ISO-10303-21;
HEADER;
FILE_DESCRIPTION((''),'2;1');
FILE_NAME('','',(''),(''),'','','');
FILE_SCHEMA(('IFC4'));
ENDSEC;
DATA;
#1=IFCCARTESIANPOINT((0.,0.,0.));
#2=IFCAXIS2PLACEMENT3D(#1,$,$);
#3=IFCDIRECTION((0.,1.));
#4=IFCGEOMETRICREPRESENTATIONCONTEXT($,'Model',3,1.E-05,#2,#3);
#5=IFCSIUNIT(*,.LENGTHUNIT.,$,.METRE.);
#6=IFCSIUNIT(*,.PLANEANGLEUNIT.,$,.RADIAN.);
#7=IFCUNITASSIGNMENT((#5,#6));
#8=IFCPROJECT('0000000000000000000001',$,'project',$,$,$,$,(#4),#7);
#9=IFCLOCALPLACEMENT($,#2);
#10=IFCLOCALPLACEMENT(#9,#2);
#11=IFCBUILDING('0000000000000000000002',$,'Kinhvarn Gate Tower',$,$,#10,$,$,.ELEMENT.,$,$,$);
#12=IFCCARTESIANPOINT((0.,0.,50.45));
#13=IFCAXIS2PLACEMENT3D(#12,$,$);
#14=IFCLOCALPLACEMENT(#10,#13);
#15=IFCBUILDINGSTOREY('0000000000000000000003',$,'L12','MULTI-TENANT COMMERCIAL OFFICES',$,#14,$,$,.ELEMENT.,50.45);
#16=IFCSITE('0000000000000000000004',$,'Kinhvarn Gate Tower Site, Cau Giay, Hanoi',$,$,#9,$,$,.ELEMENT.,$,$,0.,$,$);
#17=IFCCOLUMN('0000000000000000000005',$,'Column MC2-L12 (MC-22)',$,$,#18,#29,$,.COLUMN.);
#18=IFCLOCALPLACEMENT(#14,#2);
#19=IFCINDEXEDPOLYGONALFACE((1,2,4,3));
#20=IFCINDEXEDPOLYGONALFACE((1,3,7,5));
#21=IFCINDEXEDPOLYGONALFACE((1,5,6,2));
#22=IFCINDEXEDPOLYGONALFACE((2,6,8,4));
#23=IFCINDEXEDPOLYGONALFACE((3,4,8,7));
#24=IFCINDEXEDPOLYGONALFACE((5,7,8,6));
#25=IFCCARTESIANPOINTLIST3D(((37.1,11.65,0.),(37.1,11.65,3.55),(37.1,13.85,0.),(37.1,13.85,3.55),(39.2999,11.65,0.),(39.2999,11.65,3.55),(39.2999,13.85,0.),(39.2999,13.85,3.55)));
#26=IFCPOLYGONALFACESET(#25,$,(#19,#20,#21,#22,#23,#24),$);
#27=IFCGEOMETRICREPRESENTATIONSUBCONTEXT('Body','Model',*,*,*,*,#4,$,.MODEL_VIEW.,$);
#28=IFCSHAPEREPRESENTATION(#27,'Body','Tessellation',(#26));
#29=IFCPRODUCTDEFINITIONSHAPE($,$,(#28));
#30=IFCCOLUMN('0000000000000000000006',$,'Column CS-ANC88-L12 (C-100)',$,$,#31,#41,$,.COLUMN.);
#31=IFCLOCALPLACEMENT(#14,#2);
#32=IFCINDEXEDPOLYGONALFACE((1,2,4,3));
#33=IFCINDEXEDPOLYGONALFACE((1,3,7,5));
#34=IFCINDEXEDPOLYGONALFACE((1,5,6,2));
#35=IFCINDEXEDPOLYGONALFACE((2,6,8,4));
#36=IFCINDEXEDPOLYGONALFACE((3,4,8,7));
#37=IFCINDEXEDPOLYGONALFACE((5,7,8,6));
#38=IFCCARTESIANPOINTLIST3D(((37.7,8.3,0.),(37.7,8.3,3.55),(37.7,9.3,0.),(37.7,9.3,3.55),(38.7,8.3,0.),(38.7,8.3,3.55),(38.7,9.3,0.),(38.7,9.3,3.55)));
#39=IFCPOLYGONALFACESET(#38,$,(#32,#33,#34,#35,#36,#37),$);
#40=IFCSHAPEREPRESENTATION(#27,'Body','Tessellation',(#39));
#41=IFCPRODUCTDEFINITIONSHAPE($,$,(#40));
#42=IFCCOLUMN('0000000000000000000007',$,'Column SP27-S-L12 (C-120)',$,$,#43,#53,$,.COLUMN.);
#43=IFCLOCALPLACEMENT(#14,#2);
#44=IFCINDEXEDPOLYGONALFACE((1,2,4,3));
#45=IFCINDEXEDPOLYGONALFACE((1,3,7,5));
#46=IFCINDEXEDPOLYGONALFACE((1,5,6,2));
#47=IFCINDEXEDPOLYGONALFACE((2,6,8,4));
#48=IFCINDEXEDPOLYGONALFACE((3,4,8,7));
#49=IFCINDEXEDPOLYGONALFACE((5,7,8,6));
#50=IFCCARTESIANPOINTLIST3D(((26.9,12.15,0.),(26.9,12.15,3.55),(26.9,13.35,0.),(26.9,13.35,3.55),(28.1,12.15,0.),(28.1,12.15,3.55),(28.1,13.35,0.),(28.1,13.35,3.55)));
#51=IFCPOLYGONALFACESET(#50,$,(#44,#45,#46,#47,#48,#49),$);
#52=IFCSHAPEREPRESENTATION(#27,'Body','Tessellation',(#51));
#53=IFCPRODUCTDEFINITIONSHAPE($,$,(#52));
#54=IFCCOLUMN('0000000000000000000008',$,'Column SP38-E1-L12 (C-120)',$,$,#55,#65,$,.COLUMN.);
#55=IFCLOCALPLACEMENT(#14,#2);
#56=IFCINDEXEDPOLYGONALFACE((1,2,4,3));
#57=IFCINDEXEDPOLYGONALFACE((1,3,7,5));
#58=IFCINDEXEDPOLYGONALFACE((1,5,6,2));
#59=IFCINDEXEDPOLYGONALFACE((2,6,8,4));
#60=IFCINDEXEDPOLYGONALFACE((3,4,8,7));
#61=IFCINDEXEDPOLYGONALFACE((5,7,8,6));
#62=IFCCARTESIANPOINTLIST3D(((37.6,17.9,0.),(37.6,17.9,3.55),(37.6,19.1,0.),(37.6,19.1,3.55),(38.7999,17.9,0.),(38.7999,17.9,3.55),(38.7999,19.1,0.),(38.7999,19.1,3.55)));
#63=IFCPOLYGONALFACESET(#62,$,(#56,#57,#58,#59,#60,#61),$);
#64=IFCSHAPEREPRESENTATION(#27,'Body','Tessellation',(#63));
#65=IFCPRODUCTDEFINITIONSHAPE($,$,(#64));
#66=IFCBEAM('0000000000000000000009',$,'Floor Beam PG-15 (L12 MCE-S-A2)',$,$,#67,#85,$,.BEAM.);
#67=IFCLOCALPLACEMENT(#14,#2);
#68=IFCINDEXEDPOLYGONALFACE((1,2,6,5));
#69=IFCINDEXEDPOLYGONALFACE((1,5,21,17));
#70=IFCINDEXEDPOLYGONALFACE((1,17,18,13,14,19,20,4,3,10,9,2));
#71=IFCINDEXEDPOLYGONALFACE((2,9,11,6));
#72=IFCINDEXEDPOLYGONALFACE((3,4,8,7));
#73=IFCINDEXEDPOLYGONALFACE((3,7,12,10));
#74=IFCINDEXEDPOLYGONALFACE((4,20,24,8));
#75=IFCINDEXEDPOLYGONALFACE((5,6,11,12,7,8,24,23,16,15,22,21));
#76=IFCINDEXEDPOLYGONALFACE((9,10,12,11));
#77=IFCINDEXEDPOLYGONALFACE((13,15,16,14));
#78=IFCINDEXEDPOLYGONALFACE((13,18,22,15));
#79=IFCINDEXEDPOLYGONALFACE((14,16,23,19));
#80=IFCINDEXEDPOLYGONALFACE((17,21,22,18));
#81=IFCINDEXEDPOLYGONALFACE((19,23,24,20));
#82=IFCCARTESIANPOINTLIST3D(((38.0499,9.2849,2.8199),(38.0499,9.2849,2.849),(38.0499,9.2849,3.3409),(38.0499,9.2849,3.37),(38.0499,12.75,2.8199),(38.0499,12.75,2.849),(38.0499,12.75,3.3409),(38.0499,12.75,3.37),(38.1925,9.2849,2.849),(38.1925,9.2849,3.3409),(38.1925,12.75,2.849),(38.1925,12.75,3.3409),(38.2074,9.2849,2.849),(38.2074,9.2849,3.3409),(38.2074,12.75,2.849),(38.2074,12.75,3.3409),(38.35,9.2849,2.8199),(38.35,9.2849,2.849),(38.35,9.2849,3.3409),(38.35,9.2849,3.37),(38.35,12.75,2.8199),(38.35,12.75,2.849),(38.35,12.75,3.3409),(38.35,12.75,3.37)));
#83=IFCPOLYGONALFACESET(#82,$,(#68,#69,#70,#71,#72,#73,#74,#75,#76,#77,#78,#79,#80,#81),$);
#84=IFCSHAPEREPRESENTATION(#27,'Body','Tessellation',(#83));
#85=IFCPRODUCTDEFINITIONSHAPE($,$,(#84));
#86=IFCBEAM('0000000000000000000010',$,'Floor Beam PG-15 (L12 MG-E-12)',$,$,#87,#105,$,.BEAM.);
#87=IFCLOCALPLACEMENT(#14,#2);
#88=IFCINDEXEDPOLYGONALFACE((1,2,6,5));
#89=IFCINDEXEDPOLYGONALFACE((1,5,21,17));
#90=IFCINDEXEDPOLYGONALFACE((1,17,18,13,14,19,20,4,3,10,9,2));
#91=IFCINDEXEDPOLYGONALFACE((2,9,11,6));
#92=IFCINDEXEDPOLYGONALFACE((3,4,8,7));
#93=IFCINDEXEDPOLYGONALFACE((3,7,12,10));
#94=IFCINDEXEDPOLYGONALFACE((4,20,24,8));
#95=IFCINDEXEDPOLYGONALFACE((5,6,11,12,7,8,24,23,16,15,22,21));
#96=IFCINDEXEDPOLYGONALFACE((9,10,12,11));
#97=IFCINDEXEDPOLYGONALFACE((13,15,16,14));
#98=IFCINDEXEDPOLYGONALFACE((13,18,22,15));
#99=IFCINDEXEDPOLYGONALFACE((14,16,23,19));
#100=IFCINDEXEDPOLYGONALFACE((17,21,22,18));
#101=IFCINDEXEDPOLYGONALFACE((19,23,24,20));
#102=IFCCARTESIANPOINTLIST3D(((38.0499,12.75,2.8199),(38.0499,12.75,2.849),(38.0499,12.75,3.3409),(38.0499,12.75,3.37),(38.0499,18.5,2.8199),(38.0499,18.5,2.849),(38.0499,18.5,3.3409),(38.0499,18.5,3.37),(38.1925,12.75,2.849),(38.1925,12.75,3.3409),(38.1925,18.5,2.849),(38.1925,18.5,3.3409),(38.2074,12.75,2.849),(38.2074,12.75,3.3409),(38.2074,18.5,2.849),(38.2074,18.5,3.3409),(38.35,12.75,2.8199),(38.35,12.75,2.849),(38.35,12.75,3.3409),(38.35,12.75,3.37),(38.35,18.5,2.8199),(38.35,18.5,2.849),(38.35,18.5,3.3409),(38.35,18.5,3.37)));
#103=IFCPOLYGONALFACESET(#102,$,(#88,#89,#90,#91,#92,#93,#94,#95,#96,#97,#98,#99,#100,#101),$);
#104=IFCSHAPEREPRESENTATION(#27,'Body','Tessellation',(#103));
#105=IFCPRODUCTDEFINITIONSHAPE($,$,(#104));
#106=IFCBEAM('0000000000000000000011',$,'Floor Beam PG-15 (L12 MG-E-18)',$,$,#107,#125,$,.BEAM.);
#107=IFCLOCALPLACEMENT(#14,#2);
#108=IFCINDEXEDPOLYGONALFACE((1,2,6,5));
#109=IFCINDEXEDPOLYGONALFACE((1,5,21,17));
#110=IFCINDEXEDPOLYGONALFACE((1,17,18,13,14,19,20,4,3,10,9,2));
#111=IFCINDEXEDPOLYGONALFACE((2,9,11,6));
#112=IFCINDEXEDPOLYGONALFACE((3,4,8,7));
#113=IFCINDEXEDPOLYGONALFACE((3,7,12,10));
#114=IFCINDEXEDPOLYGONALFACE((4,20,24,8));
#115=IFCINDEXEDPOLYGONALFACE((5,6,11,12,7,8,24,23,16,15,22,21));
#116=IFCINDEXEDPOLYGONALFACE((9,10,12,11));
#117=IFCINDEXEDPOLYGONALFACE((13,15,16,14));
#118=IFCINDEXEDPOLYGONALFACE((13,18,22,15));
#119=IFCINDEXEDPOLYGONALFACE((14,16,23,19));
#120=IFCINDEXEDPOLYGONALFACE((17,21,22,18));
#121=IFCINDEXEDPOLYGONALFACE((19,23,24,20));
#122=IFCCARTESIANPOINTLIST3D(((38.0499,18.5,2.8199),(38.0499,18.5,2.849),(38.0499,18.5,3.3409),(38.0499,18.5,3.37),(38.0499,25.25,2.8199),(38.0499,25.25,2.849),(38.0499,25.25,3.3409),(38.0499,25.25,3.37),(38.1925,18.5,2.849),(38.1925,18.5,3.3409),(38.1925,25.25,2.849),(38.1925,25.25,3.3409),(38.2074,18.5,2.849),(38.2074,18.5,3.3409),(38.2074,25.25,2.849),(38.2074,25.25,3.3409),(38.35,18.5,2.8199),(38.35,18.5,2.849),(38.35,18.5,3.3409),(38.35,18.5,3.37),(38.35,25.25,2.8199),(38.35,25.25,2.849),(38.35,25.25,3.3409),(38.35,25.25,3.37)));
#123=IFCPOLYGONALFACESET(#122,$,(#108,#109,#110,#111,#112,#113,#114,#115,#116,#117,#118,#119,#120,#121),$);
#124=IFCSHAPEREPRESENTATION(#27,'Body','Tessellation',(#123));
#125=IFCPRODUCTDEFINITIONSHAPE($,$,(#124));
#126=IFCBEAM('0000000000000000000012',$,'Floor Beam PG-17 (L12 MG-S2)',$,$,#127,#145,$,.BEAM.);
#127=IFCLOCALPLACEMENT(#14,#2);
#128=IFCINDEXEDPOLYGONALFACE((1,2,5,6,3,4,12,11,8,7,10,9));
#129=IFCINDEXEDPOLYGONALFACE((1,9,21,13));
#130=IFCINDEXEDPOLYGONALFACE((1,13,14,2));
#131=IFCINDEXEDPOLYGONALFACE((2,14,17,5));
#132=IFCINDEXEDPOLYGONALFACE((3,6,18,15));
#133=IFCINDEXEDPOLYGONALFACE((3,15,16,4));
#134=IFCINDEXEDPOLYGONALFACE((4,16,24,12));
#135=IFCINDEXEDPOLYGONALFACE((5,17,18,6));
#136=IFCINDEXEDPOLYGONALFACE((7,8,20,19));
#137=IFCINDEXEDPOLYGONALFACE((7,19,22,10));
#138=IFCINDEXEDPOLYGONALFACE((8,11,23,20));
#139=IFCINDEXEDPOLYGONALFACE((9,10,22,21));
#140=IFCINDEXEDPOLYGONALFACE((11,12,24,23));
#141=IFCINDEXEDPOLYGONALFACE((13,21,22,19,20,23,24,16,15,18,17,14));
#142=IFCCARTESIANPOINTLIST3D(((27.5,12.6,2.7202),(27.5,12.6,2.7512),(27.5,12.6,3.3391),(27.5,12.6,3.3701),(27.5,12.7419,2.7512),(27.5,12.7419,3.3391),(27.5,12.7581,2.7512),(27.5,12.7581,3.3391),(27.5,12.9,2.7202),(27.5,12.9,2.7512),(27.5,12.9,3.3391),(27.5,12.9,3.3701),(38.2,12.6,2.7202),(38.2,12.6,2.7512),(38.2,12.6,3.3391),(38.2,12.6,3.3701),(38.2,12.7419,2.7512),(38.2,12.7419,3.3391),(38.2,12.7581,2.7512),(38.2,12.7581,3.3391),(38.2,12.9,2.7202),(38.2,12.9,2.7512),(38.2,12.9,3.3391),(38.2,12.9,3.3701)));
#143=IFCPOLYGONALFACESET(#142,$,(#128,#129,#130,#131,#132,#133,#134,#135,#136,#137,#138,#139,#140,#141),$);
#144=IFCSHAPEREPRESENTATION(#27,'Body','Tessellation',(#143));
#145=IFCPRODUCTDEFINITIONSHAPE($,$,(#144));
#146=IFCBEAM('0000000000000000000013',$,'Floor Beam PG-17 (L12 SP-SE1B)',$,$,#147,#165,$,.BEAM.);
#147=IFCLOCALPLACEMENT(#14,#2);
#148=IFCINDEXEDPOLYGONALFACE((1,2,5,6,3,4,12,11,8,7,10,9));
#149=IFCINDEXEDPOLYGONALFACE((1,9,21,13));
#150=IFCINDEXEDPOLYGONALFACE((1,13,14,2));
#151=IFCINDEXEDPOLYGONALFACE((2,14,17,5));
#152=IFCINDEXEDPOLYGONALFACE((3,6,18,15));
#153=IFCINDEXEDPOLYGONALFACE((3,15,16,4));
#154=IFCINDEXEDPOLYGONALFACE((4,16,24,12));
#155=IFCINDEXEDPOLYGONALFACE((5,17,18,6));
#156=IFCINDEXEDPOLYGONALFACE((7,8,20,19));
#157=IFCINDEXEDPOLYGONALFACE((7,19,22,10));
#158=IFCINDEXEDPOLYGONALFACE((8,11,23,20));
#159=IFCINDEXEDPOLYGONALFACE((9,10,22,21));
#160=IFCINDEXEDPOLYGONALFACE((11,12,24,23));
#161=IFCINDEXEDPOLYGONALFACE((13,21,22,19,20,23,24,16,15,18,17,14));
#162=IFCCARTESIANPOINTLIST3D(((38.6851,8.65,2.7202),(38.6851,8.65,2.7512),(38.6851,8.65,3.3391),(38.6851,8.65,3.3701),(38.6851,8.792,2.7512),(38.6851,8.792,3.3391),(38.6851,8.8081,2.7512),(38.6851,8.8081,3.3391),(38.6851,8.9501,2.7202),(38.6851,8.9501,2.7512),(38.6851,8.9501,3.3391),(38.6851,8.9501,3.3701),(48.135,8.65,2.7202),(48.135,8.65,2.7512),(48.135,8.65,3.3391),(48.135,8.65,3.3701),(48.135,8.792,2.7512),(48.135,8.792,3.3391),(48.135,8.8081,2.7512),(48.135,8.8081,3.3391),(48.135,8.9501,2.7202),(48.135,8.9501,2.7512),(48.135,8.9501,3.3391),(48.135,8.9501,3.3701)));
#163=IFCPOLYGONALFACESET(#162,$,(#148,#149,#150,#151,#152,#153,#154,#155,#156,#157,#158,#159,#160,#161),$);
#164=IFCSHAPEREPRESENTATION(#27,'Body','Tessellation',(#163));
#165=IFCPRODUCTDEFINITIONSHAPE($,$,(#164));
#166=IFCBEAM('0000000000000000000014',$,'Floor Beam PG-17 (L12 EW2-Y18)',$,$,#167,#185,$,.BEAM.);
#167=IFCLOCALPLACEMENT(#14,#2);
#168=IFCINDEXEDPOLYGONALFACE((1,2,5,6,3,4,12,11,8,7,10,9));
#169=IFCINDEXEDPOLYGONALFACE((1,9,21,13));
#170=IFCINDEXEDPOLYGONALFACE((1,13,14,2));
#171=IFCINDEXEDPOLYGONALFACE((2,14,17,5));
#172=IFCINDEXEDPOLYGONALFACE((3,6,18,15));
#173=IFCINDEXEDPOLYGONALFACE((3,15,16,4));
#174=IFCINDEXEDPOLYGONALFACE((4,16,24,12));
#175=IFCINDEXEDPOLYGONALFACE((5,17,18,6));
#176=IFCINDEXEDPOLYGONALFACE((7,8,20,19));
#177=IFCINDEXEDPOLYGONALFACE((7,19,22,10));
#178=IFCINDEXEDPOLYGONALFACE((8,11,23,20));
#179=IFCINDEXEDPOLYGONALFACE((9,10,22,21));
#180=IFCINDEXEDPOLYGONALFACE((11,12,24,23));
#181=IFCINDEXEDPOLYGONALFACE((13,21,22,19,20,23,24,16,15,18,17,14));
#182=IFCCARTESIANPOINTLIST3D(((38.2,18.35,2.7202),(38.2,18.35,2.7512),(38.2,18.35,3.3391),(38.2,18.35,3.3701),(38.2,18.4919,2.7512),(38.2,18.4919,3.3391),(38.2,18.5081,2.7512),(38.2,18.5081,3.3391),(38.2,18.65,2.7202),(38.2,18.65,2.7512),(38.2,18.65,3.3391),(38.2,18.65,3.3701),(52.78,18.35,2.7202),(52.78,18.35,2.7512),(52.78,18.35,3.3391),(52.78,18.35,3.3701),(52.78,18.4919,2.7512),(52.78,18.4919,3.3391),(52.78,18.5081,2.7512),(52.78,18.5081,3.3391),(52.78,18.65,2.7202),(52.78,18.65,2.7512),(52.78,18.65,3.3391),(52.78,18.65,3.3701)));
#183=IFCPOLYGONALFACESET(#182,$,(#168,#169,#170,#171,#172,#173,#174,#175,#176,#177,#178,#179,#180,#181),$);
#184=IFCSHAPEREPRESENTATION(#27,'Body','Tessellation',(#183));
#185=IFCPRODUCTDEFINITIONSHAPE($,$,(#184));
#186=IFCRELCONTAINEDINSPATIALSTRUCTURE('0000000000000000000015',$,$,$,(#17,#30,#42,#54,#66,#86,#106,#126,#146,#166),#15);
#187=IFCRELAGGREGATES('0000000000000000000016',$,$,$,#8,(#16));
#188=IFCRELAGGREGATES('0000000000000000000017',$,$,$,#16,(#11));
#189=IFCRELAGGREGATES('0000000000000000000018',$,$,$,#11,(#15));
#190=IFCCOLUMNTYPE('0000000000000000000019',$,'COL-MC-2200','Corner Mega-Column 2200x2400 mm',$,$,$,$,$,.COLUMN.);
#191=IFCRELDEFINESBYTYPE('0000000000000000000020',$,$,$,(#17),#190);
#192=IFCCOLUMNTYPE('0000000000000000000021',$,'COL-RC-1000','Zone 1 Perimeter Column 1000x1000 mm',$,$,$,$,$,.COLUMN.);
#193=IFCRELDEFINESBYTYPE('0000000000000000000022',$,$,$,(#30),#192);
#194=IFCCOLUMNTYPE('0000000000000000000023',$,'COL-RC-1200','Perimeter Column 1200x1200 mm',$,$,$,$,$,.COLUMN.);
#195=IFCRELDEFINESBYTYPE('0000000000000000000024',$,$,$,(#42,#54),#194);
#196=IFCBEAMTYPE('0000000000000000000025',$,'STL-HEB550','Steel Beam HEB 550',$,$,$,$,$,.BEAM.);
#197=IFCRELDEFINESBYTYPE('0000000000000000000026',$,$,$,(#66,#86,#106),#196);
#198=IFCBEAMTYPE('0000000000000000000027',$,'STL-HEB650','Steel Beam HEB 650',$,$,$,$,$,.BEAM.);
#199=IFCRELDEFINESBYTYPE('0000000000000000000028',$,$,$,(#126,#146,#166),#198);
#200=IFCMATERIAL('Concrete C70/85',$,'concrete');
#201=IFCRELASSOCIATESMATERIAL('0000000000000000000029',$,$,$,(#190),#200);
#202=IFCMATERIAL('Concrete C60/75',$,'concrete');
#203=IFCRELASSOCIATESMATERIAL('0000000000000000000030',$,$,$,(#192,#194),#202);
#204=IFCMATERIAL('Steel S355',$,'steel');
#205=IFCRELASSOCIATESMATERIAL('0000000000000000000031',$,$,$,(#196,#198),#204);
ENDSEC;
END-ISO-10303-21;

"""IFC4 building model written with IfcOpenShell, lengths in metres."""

from ifc_helpers import new_model, si_unit, direction, frame, origin, origin_2d, place, context, subcontext, project, spatial, rectangle, i_section, extrude, material, material_profile, profile_set, type_object, element, save


model = new_model("IFC4")

# Units and contexts
model_context = context("Model", 3, precision=1e-05, world=origin(), true_north=direction((0.0, 1.0)))
body_context = subcontext(model_context, "Body", "Model", "MODEL_VIEW")
ifc_project = project(units=[si_unit("LENGTHUNIT", "METRE"), si_unit("PLANEANGLEUNIT", "RADIAN")], contexts=[model_context])

# Site, building, storey
site_placement = place(None, origin())
site = spatial("IfcSite", under=ifc_project, at=site_placement, Name="Kinhvarn Gate Tower Site, Cau Giay, Hanoi", CompositionType="ELEMENT", RefElevation=0.0)
building_placement = place(site_placement, origin())
building = spatial("IfcBuilding", under=site, at=building_placement, Name="Kinhvarn Gate Tower", CompositionType="ELEMENT")
storey_placement = place(building_placement, frame((0.0, 0.0, 50.45)))
storey = spatial("IfcBuildingStorey", under=building, at=storey_placement, Name="L12", Description="MULTI-TENANT COMMERCIAL OFFICES", CompositionType="ELEMENT", Elevation=50.45)

# Columns
ifc_material_1 = material(Name="Concrete C70/85", Category="concrete")
ifc_material_profile_1 = material_profile(ifc_material_1, rectangle(XDim=2.2, YDim=2.2, at=origin_2d()), Name="RC 2200x2200")
ifc_profile_set_1 = profile_set([ifc_material_profile_1], Name="Concrete C70/85")
column_type_1 = type_object("IfcColumnType", Name="COL-MC-2200", Description="Corner Mega-Column 2200x2400 mm", PredefinedType="COLUMN", material=ifc_profile_set_1)
column_1_placement = place(storey_placement, frame((38.2, 12.75, 0.0), z_axis=(0.0, 0.0, 1.0), x_axis=(1.0, 0.0, 0.0)))
element("IfcColumn", 1, at=column_1_placement, inside=storey, type_object=column_type_1, Name="Column MC2-L12 (MC-22)", PredefinedType="COLUMN", context=body_context, shape_type="SweptSolid", body=[
    extrude(rectangle(XDim=2.2, YDim=2.2, at=origin_2d()), origin(), (0.0, 0.0, 1.0), 3.55),
])
ifc_material_2 = material(Name="Concrete C60/75", Category="concrete")
ifc_material_profile_2 = material_profile(ifc_material_2, rectangle(XDim=1.0, YDim=1.0, at=origin_2d()), Name="RC 1000x1000")
ifc_profile_set_2 = profile_set([ifc_material_profile_2], Name="Concrete C60/75")
column_type_2 = type_object("IfcColumnType", Name="COL-RC-1000", Description="Zone 1 Perimeter Column 1000x1000 mm", PredefinedType="COLUMN", material=ifc_profile_set_2)
column_2_placement = place(storey_placement, frame((38.2, 8.8, 0.0), z_axis=(0.0, 0.0, 1.0), x_axis=(1.0, 0.0, 0.0)))
element("IfcColumn", 2, at=column_2_placement, inside=storey, type_object=column_type_2, Name="Column CS-ANC88-L12 (C-100)", PredefinedType="COLUMN", context=body_context, shape_type="SweptSolid", body=[
    extrude(rectangle(XDim=1.0, YDim=1.0, at=origin_2d()), origin(), (0.0, 0.0, 1.0), 3.55),
])
ifc_material_profile_3 = material_profile(ifc_material_2, rectangle(XDim=1.2, YDim=1.2, at=origin_2d()), Name="RC 1200x1200")
ifc_profile_set_3 = profile_set([ifc_material_profile_3], Name="Concrete C60/75")
column_type_3 = type_object("IfcColumnType", Name="COL-RC-1200", Description="Perimeter Column 1200x1200 mm", PredefinedType="COLUMN", material=ifc_profile_set_3)
for number, where, z_axis, x_axis, name in (
    (3, (27.5, 12.75, 0.0), (0.0, 0.0, 1.0), (1.0, 0.0, 0.0), "Column SP27-S-L12 (C-120)"),
    (4, (38.2, 18.5, 0.0), (0.0, 0.0, 1.0), (1.0, 0.0, 0.0), "Column SP38-E1-L12 (C-120)"),
):
    element("IfcColumn", number, at=place(storey_placement, frame(where, z_axis=z_axis, x_axis=x_axis)), inside=storey, type_object=column_type_3, Name=name, PredefinedType="COLUMN", context=body_context, shape_type="SweptSolid", body=[
        extrude(rectangle(XDim=1.2, YDim=1.2, at=origin_2d()), origin(), (0.0, 0.0, 1.0), 3.55),
    ])

# Beams
ifc_material_3 = material(Name="Steel S355", Category="steel")
ifc_material_profile_4 = material_profile(ifc_material_3, i_section(OverallWidth=0.3, OverallDepth=0.55, WebThickness=0.0149, FlangeThickness=0.0291, at=origin_2d()), Name="HEB 550")
ifc_profile_set_4 = profile_set([ifc_material_profile_4], Name="Steel S355")
beam_type_1 = type_object("IfcBeamType", Name="STL-HEB550", Description="Steel Beam HEB 550", PredefinedType="BEAM", material=ifc_profile_set_4)
beam_1_placement = place(storey_placement, frame((38.2, 9.2849, 3.095), z_axis=(0.0, 1.0, 0.0), x_axis=(-1.0, 0.0, 0.0)))
element("IfcBeam", 5, at=beam_1_placement, inside=storey, type_object=beam_type_1, Name="Floor Beam PG-15 (L12 MCE-S-A2)", PredefinedType="BEAM", context=body_context, shape_type="SweptSolid", body=[
    extrude(i_section(OverallWidth=0.3, OverallDepth=0.55, WebThickness=0.0149, FlangeThickness=0.0291, at=origin_2d()), origin(), (0.0, 0.0, 1.0), 3.4651),
])
beam_2_placement = place(storey_placement, frame((38.2, 12.75, 3.095), z_axis=(0.0, 1.0, 0.0), x_axis=(-1.0, 0.0, 0.0)))
element("IfcBeam", 6, at=beam_2_placement, inside=storey, type_object=beam_type_1, Name="Floor Beam PG-15 (L12 MG-E-12)", PredefinedType="BEAM", context=body_context, shape_type="SweptSolid", body=[
    extrude(i_section(OverallWidth=0.3, OverallDepth=0.55, WebThickness=0.0149, FlangeThickness=0.0291, at=origin_2d()), origin(), (0.0, 0.0, 1.0), 5.75),
])
beam_3_placement = place(storey_placement, frame((38.2, 18.5, 3.095), z_axis=(0.0, 1.0, 0.0), x_axis=(-1.0, 0.0, 0.0)))
element("IfcBeam", 7, at=beam_3_placement, inside=storey, type_object=beam_type_1, Name="Floor Beam PG-15 (L12 MG-E-18)", PredefinedType="BEAM", context=body_context, shape_type="SweptSolid", body=[
    extrude(i_section(OverallWidth=0.3, OverallDepth=0.55, WebThickness=0.0149, FlangeThickness=0.0291, at=origin_2d()), origin(), (0.0, 0.0, 1.0), 6.75),
])
ifc_material_profile_5 = material_profile(ifc_material_3, i_section(OverallWidth=0.3, OverallDepth=0.6499, WebThickness=0.0161, FlangeThickness=0.031, at=origin_2d()), Name="HEB 650")
ifc_profile_set_5 = profile_set([ifc_material_profile_5], Name="Steel S355")
beam_type_2 = type_object("IfcBeamType", Name="STL-HEB650", Description="Steel Beam HEB 650", PredefinedType="BEAM", material=ifc_profile_set_5)
beam_4_placement = place(storey_placement, frame((27.5, 12.75, 3.0452), z_axis=(1.0, 0.0, 0.0), x_axis=(0.0, 1.0, 0.0)))
element("IfcBeam", 8, at=beam_4_placement, inside=storey, type_object=beam_type_2, Name="Floor Beam PG-17 (L12 MG-S2)", PredefinedType="BEAM", context=body_context, shape_type="SweptSolid", body=[
    extrude(i_section(OverallWidth=0.3, OverallDepth=0.6499, WebThickness=0.0161, FlangeThickness=0.031, at=origin_2d()), origin(), (0.0, 0.0, 1.0), 10.7),
])
beam_5_placement = place(storey_placement, frame((38.6851, 8.8, 3.0452), z_axis=(1.0, 0.0, 0.0), x_axis=(0.0, 1.0, 0.0)))
element("IfcBeam", 9, at=beam_5_placement, inside=storey, type_object=beam_type_2, Name="Floor Beam PG-17 (L12 SP-SE1B)", PredefinedType="BEAM", context=body_context, shape_type="SweptSolid", body=[
    extrude(i_section(OverallWidth=0.3, OverallDepth=0.6499, WebThickness=0.0161, FlangeThickness=0.031, at=origin_2d()), origin(), (0.0, 0.0, 1.0), 9.45),
])
beam_6_placement = place(storey_placement, frame((38.2, 18.5, 3.0452), z_axis=(1.0, 0.0, 0.0), x_axis=(0.0, 1.0, 0.0)))
element("IfcBeam", 10, at=beam_6_placement, inside=storey, type_object=beam_type_2, Name="Floor Beam PG-17 (L12 EW2-Y18)", PredefinedType="BEAM", context=body_context, shape_type="SweptSolid", body=[
    extrude(i_section(OverallWidth=0.3, OverallDepth=0.6499, WebThickness=0.0161, FlangeThickness=0.031, at=origin_2d()), origin(), (0.0, 0.0, 1.0), 14.5801),
])

save(model, "model.ifc")
